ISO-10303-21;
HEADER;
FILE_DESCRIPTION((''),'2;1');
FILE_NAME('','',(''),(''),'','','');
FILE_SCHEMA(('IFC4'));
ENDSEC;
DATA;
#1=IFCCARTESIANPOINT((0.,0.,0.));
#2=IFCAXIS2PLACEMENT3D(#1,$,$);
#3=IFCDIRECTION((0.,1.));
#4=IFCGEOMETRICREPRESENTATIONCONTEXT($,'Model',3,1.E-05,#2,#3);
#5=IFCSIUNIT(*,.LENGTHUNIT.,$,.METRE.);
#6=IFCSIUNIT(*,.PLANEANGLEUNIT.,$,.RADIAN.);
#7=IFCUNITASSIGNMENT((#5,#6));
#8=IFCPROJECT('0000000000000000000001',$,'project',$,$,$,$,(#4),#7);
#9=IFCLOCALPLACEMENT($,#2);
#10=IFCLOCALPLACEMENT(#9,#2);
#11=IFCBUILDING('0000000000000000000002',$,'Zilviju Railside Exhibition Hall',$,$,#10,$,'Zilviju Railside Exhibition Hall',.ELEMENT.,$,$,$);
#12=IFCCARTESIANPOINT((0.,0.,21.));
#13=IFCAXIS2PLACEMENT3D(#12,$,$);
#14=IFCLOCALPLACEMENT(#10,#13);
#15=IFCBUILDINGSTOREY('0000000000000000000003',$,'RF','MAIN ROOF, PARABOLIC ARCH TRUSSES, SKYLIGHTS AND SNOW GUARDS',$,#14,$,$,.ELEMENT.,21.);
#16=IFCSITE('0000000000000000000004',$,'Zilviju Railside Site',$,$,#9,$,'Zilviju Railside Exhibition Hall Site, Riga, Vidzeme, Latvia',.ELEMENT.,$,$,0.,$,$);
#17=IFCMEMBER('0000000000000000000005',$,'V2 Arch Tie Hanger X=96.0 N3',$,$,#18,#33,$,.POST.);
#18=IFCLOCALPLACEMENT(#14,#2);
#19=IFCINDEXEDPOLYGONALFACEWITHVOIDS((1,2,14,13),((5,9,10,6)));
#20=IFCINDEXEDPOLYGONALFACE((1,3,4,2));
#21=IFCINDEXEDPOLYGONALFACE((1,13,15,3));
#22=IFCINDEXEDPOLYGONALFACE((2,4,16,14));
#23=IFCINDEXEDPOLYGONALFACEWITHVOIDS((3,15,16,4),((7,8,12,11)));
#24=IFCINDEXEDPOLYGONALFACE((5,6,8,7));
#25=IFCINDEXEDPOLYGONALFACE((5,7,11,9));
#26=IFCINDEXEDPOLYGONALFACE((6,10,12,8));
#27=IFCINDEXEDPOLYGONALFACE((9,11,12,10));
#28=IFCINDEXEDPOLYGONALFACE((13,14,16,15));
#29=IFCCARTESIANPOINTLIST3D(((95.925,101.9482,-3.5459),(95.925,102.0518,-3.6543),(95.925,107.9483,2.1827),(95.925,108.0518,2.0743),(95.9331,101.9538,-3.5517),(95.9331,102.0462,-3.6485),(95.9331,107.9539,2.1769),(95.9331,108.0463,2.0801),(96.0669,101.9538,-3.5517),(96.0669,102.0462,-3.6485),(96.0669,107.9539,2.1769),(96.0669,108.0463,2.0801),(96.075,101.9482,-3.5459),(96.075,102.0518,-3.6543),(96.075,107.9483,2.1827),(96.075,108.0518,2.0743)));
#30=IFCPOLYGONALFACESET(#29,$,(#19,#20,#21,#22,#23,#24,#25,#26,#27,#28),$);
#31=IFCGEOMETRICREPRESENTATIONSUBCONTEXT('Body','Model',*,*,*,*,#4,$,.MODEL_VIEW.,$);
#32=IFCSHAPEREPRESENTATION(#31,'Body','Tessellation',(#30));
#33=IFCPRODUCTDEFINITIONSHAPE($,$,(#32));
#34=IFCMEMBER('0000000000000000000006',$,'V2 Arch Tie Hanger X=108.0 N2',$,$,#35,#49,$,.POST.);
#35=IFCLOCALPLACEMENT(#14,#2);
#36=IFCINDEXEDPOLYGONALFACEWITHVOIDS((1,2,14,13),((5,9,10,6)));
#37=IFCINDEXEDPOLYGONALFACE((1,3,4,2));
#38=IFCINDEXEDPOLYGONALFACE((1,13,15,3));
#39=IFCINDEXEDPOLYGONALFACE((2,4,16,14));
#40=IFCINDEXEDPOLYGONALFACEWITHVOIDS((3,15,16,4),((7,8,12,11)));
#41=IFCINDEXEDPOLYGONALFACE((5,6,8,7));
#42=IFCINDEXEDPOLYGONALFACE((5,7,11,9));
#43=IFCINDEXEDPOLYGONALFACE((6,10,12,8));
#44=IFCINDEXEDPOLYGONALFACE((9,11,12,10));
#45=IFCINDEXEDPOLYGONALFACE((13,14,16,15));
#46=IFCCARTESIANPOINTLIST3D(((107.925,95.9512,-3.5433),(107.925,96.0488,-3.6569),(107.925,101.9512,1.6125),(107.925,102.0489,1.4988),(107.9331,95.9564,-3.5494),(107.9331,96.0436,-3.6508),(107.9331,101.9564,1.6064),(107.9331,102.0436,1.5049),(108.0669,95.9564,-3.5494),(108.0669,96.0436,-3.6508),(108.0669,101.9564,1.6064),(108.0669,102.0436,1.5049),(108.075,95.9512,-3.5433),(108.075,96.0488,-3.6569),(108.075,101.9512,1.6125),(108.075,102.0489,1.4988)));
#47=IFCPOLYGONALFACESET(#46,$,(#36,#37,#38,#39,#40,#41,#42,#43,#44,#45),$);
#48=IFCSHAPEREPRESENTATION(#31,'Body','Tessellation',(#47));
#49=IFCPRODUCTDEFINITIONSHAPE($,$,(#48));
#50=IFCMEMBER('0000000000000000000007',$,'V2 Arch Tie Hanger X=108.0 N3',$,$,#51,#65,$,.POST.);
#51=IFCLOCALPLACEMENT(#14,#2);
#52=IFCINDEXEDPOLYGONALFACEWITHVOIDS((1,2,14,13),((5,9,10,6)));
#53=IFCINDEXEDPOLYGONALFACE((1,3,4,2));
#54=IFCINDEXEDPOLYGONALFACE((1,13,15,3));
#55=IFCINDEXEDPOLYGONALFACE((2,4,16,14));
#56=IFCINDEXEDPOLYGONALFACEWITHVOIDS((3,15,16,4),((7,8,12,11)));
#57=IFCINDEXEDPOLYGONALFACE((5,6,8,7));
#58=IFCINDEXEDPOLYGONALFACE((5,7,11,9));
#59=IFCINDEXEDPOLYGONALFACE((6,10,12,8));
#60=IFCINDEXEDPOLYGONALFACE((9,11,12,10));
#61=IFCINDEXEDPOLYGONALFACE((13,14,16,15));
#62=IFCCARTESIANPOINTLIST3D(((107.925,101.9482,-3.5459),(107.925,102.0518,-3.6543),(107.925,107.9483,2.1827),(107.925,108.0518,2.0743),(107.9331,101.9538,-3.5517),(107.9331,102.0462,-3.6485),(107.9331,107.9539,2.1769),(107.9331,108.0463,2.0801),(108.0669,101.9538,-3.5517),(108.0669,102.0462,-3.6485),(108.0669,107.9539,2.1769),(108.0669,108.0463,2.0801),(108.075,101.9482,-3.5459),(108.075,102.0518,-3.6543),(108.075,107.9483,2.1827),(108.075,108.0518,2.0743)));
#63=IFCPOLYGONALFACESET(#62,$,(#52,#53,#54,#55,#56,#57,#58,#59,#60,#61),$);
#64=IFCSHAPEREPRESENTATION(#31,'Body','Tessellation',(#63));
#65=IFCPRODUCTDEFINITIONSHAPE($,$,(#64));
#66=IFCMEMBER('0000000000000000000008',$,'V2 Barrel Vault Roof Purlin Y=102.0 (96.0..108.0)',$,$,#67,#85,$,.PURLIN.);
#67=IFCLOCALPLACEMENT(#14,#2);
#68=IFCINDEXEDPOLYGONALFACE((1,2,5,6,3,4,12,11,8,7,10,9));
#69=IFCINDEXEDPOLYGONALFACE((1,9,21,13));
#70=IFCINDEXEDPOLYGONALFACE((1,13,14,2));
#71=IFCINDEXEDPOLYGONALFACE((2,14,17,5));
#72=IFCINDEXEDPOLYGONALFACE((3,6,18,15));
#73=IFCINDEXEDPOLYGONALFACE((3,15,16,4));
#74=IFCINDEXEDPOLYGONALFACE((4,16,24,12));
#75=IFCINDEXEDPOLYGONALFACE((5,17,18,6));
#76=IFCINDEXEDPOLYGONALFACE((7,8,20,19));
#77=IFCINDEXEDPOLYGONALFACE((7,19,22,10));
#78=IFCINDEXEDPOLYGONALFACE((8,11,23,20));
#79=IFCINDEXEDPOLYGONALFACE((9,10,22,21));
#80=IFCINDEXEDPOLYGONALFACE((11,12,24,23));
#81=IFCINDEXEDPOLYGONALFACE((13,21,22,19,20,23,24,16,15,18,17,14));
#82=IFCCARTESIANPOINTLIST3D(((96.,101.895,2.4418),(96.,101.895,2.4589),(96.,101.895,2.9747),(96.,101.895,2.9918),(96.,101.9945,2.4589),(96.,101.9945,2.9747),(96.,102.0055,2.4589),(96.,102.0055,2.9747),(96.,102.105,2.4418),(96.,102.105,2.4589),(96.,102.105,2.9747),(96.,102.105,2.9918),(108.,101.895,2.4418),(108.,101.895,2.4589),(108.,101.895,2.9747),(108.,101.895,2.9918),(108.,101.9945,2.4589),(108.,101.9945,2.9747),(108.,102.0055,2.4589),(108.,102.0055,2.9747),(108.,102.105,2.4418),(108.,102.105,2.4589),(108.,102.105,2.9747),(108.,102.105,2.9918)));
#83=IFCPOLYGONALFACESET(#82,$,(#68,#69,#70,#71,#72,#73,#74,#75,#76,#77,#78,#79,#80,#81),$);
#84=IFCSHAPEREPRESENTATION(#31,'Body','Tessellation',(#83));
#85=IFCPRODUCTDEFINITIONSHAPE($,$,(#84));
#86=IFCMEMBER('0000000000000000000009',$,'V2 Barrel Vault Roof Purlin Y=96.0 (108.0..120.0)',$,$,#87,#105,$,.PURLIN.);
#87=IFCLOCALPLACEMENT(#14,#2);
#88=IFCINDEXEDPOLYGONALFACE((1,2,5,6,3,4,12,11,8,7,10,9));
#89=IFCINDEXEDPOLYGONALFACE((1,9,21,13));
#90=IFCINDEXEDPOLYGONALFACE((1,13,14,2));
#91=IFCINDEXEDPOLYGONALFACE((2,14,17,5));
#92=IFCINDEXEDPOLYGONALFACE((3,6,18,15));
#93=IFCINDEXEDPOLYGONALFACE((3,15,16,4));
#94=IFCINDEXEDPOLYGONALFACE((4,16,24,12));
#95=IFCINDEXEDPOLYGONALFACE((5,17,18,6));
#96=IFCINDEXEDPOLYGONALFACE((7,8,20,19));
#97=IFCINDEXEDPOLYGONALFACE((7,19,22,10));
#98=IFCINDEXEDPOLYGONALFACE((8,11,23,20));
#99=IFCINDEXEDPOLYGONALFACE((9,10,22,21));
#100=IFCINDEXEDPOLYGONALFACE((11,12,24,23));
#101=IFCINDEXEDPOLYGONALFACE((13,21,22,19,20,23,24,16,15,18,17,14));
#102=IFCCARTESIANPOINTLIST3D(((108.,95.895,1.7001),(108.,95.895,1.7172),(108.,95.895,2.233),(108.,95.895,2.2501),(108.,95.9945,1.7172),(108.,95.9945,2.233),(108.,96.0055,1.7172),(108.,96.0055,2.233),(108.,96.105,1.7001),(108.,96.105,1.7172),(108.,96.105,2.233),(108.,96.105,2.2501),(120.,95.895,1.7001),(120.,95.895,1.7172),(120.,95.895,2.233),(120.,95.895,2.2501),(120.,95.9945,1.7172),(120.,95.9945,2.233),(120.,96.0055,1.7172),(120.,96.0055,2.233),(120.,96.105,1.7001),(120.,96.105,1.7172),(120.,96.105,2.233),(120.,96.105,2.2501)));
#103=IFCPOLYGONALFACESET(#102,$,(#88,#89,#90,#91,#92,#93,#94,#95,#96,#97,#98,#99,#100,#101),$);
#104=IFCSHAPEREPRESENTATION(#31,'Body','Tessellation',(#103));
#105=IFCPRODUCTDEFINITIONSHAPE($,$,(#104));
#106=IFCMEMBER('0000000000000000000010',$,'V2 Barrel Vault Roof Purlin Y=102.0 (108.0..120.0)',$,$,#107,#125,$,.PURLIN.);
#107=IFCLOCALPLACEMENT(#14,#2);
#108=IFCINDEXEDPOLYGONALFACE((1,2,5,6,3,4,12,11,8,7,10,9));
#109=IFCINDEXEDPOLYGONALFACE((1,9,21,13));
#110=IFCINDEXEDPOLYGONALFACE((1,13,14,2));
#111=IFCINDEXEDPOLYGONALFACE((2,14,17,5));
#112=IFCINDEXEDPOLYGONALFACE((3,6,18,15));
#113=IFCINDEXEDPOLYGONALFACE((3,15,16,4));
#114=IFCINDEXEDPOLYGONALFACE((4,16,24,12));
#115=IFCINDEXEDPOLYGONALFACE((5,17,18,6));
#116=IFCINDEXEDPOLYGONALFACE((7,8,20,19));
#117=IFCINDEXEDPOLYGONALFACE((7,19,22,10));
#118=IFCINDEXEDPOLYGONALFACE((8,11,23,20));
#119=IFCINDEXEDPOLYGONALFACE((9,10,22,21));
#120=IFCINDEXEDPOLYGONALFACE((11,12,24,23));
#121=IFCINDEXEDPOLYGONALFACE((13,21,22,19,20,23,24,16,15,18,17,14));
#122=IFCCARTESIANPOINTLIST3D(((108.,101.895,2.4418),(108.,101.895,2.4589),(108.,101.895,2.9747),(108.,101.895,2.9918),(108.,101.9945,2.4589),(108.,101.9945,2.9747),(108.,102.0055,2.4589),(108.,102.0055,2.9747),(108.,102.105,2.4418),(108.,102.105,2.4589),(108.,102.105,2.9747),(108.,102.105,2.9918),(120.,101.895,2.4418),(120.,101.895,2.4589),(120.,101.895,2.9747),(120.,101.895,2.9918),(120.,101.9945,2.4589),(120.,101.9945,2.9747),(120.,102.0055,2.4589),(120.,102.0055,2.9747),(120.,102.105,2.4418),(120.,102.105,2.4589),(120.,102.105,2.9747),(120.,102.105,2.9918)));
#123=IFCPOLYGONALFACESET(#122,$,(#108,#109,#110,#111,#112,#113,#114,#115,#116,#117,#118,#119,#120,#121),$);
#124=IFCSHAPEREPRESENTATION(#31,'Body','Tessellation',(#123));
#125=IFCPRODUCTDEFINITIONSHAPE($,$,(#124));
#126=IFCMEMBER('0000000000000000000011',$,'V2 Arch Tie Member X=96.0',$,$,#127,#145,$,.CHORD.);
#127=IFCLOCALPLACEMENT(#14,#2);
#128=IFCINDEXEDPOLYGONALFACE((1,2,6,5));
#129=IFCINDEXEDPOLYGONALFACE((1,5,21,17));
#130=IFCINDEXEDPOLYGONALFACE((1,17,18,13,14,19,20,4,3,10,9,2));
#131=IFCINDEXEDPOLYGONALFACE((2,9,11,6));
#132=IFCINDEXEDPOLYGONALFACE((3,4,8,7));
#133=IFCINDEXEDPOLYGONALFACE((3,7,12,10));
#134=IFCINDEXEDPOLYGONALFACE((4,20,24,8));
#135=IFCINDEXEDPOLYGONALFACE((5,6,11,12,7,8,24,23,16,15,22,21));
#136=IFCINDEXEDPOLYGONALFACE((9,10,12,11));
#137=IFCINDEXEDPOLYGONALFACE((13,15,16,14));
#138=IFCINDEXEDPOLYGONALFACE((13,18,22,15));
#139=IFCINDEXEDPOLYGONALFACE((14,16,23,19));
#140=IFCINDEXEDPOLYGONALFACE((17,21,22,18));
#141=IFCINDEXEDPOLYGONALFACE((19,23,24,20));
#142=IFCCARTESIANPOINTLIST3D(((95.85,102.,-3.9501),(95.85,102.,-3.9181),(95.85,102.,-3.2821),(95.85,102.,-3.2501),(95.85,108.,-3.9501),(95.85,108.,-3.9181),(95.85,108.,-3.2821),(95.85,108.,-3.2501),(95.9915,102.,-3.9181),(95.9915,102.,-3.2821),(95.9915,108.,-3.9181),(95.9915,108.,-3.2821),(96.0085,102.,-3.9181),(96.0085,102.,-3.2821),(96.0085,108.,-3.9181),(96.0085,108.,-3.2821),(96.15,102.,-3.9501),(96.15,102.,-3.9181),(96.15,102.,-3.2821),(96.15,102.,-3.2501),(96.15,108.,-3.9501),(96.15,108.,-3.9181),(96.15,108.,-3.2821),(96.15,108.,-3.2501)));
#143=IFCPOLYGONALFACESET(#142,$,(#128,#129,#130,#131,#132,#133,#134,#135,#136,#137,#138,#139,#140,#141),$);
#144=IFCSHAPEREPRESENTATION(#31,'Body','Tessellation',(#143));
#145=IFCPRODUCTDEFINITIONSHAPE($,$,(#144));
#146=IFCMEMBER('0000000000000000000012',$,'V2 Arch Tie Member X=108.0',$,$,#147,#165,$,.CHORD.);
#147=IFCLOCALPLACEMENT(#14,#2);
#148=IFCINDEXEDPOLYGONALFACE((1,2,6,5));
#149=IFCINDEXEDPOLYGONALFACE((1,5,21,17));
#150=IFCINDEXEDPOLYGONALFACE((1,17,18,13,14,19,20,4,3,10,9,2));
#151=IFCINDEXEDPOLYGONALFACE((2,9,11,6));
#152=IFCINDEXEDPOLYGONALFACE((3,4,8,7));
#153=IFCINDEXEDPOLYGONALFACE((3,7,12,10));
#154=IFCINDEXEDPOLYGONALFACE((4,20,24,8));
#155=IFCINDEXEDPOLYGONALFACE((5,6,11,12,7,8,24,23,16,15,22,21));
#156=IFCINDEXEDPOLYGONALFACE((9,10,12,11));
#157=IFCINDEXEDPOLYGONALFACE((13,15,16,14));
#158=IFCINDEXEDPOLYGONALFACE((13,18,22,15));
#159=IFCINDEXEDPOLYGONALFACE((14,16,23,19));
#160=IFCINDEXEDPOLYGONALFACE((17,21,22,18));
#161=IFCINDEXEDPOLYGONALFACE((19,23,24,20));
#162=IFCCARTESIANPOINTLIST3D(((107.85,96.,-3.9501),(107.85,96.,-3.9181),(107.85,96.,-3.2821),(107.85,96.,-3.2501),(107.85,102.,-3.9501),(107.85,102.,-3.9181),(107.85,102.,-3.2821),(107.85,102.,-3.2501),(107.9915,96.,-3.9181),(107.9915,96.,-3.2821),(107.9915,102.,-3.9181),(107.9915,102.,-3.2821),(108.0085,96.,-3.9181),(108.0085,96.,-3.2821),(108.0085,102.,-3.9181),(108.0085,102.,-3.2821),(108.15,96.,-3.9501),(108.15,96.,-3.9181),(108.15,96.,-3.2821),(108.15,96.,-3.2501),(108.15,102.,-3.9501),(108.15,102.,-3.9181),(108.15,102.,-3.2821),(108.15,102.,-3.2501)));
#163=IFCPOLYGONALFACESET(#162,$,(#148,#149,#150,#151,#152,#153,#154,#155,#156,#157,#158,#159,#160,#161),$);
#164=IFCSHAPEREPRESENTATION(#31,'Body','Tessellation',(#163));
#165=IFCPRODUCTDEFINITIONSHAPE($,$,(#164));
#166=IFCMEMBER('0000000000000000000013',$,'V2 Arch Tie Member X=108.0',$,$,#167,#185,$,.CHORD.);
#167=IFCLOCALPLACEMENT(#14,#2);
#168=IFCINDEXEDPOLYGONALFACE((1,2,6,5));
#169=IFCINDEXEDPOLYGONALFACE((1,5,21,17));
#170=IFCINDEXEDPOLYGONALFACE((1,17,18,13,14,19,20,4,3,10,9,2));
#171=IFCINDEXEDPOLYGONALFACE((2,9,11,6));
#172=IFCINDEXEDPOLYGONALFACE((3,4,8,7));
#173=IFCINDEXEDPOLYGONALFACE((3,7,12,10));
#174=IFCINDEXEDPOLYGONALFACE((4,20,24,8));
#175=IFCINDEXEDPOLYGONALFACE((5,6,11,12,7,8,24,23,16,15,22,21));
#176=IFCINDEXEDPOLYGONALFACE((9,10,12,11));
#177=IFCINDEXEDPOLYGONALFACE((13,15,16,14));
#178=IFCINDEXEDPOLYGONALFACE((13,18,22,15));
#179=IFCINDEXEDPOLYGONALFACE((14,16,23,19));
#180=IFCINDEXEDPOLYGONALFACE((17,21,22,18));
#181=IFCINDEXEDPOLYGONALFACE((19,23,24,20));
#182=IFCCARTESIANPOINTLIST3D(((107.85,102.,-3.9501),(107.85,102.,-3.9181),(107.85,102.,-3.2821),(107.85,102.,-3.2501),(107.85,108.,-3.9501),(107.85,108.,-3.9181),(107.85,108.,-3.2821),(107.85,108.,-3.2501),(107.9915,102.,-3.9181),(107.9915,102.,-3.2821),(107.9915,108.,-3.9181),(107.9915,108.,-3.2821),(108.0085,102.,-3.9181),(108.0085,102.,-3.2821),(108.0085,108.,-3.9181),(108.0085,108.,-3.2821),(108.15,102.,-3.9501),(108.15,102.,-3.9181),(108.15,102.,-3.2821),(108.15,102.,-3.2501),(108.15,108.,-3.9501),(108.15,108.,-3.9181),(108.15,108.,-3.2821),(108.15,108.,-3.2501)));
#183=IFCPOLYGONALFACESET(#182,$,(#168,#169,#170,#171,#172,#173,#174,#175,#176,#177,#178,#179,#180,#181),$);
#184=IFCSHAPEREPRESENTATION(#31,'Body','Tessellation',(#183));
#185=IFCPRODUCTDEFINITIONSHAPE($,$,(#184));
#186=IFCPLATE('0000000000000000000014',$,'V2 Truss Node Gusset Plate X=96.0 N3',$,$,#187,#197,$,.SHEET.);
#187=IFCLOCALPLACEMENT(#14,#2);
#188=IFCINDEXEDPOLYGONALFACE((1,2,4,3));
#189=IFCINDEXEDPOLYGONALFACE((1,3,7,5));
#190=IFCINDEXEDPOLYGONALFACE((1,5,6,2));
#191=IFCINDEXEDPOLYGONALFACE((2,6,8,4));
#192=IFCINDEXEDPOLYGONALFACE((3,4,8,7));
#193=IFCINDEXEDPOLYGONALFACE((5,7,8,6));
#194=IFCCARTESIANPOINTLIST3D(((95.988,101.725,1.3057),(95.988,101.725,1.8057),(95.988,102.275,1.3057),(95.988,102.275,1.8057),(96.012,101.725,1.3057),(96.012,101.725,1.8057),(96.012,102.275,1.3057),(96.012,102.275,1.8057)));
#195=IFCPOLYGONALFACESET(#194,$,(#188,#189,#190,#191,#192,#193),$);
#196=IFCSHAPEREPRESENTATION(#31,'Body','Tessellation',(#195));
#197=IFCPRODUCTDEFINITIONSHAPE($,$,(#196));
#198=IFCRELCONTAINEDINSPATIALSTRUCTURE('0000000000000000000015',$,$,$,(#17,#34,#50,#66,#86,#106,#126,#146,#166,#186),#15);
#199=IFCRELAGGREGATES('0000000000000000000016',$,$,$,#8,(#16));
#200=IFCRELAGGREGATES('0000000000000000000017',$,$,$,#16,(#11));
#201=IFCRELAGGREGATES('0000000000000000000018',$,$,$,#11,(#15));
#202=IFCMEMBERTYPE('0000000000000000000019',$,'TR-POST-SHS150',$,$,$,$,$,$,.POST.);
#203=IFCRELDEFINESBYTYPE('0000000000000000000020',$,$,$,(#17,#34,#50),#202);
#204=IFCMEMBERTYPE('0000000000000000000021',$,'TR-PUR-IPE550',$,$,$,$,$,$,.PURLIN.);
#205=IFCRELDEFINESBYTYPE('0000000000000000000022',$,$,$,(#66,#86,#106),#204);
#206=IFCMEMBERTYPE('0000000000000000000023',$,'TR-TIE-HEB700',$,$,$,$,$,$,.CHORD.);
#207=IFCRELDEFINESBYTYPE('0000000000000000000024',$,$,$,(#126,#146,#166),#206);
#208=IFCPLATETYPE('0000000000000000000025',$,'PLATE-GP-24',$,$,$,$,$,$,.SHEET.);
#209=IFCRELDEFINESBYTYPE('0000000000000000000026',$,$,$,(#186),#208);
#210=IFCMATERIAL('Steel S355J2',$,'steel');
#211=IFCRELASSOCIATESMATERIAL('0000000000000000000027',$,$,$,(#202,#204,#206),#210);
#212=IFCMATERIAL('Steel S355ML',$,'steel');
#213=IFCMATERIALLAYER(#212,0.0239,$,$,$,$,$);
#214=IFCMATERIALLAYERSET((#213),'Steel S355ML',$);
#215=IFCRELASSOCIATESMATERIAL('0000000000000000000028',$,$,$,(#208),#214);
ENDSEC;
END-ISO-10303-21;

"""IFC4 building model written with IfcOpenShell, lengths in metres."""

from ifc_helpers import new_model, si_unit, direction, frame, origin, origin_2d, place, context, subcontext, project, spatial, rectangle, hollow_rectangle, i_section, extrude, material, layer, layer_set, material_profile, profile_set, type_object, element, save


model = new_model("IFC4")

# Units and contexts
model_context = context("Model", 3, precision=1e-05, world=origin(), true_north=direction((0.0, 1.0)))
body_context = subcontext(model_context, "Body", "Model", "MODEL_VIEW")
ifc_project = project(units=[si_unit("LENGTHUNIT", "METRE"), si_unit("PLANEANGLEUNIT", "RADIAN")], contexts=[model_context])

# Site, building, storey
site_placement = place(None, origin())
site = spatial("IfcSite", under=ifc_project, at=site_placement, Name="Zilviju Railside Site", LongName="Zilviju Railside Exhibition Hall Site, Riga, Vidzeme, Latvia", CompositionType="ELEMENT", RefElevation=0.0)
building_placement = place(site_placement, origin())
building = spatial("IfcBuilding", under=site, at=building_placement, Name="Zilviju Railside Exhibition Hall", LongName="Zilviju Railside Exhibition Hall", CompositionType="ELEMENT")
storey_placement = place(building_placement, frame((0.0, 0.0, 21.0)))
storey = spatial("IfcBuildingStorey", under=building, at=storey_placement, Name="RF", Description="MAIN ROOF, PARABOLIC ARCH TRUSSES, SKYLIGHTS AND SNOW GUARDS", CompositionType="ELEMENT", Elevation=21.0)

# Members
ifc_material_1 = material(Name="Steel S355J2", Category="steel")
ifc_material_profile_1 = material_profile(ifc_material_1, hollow_rectangle(XDim=0.1499, YDim=0.1499, WallThickness=0.0081, at=origin_2d()), Name="SHS 150x150x8.0")
ifc_profile_set_1 = profile_set([ifc_material_profile_1], Name="Steel S355J2")
member_type_1 = type_object("IfcMemberType", Name="TR-POST-SHS150", PredefinedType="POST", material=ifc_profile_set_1)
member_1_placement = place(storey_placement, frame((96.0, 102.0, -3.6001), z_axis=(0.0, 0.723281, 0.690554), x_axis=(-1.0, 0.0, 0.0)))
element("IfcMember", 1, at=member_1_placement, inside=storey, type_object=member_type_1, Name="V2 Arch Tie Hanger X=96.0 N3", PredefinedType="POST", context=body_context, shape_type="SweptSolid", body=[
    extrude(hollow_rectangle(XDim=0.1499, YDim=0.1499, WallThickness=0.0081, at=origin_2d()), origin(), (0.0, 0.0, 1.0), 8.2957),
])
member_2_placement = place(storey_placement, frame((108.0, 96.0, -3.6001), z_axis=(0.0, 0.75845, 0.651731), x_axis=(-1.0, 0.0, 0.0)))
element("IfcMember", 2, at=member_2_placement, inside=storey, type_object=member_type_1, Name="V2 Arch Tie Hanger X=108.0 N2", PredefinedType="POST", context=body_context, shape_type="SweptSolid", body=[
    extrude(hollow_rectangle(XDim=0.1499, YDim=0.1499, WallThickness=0.0081, at=origin_2d()), origin(), (0.0, 0.0, 1.0), 7.9109),
])
member_3_placement = place(storey_placement, frame((108.0, 102.0, -3.6001), z_axis=(0.0, 0.723281, 0.690554), x_axis=(-1.0, 0.0, 0.0)))
element("IfcMember", 3, at=member_3_placement, inside=storey, type_object=member_type_1, Name="V2 Arch Tie Hanger X=108.0 N3", PredefinedType="POST", context=body_context, shape_type="SweptSolid", body=[
    extrude(hollow_rectangle(XDim=0.1499, YDim=0.1499, WallThickness=0.0081, at=origin_2d()), origin(), (0.0, 0.0, 1.0), 8.2957),
])
ifc_material_profile_2 = material_profile(ifc_material_1, i_section(OverallWidth=0.21, OverallDepth=0.55, WebThickness=0.011, FlangeThickness=0.0171, at=origin_2d()), Name="IPE 550")
ifc_profile_set_2 = profile_set([ifc_material_profile_2], Name="Steel S355J2")
member_type_2 = type_object("IfcMemberType", Name="TR-PUR-IPE550", PredefinedType="PURLIN", material=ifc_profile_set_2)
for number, where, z_axis, x_axis, name in (
    (4, (96.0, 102.0, 2.7168), (1.0, 0.0, 0.0), (0.0, 1.0, 0.0), "V2 Barrel Vault Roof Purlin Y=102.0 (96.0..108.0)"),
    (5, (108.0, 96.0, 1.9751), (1.0, 0.0, 0.0), (0.0, 1.0, 0.0), "V2 Barrel Vault Roof Purlin Y=96.0 (108.0..120.0)"),
    (6, (108.0, 102.0, 2.7168), (1.0, 0.0, 0.0), (0.0, 1.0, 0.0), "V2 Barrel Vault Roof Purlin Y=102.0 (108.0..120.0)"),
):
    element("IfcMember", number, at=place(storey_placement, frame(where, z_axis=z_axis, x_axis=x_axis)), inside=storey, type_object=member_type_2, Name=name, PredefinedType="PURLIN", context=body_context, shape_type="SweptSolid", body=[
        extrude(i_section(OverallWidth=0.21, OverallDepth=0.55, WebThickness=0.011, FlangeThickness=0.0171, at=origin_2d()), origin(), (0.0, 0.0, 1.0), 12.0),
    ])
ifc_material_profile_3 = material_profile(ifc_material_1, i_section(OverallWidth=0.3, OverallDepth=0.7, WebThickness=0.0171, FlangeThickness=0.032, at=origin_2d()), Name="HEB 700")
ifc_profile_set_3 = profile_set([ifc_material_profile_3], Name="Steel S355J2")
member_type_3 = type_object("IfcMemberType", Name="TR-TIE-HEB700", PredefinedType="CHORD", material=ifc_profile_set_3)
for number, where, z_axis, x_axis, name in (
    (7, (96.0, 102.0, -3.6001), (0.0, 1.0, 0.0), (-1.0, 0.0, 0.0), "V2 Arch Tie Member X=96.0"),
    (8, (108.0, 96.0, -3.6001), (0.0, 1.0, 0.0), (-1.0, 0.0, 0.0), "V2 Arch Tie Member X=108.0"),
    (9, (108.0, 102.0, -3.6001), (0.0, 1.0, 0.0), (-1.0, 0.0, 0.0), "V2 Arch Tie Member X=108.0"),
):
    element("IfcMember", number, at=place(storey_placement, frame(where, z_axis=z_axis, x_axis=x_axis)), inside=storey, type_object=member_type_3, Name=name, PredefinedType="CHORD", context=body_context, shape_type="SweptSolid", body=[
        extrude(i_section(OverallWidth=0.3, OverallDepth=0.7, WebThickness=0.0171, FlangeThickness=0.032, at=origin_2d()), origin(), (0.0, 0.0, 1.0), 6.0),
    ])

# Plate
ifc_material_2 = material(Name="Steel S355ML", Category="steel")
ifc_layer_1 = layer(ifc_material_2, 0.0239)
ifc_layer_set_1 = layer_set([ifc_layer_1], Name="Steel S355ML")
plate_type = type_object("IfcPlateType", Name="PLATE-GP-24", PredefinedType="SHEET", material=ifc_layer_set_1)
for number, where, z_axis, x_axis, name in (
    (10, (96.0, 102.0, 1.3057), (0.0, 0.0, 1.0), (1.0, 0.0, 0.0), "V2 Truss Node Gusset Plate X=96.0 N3"),
):
    element("IfcPlate", number, at=place(storey_placement, frame(where, z_axis=z_axis, x_axis=x_axis)), inside=storey, type_object=plate_type, Name=name, PredefinedType="SHEET", context=body_context, shape_type="SweptSolid", body=[
        extrude(rectangle(XDim=0.0239, YDim=0.55, at=origin_2d()), origin(), (0.0, 0.0, 1.0), 0.5),
    ])

save(model, "model.ifc")
